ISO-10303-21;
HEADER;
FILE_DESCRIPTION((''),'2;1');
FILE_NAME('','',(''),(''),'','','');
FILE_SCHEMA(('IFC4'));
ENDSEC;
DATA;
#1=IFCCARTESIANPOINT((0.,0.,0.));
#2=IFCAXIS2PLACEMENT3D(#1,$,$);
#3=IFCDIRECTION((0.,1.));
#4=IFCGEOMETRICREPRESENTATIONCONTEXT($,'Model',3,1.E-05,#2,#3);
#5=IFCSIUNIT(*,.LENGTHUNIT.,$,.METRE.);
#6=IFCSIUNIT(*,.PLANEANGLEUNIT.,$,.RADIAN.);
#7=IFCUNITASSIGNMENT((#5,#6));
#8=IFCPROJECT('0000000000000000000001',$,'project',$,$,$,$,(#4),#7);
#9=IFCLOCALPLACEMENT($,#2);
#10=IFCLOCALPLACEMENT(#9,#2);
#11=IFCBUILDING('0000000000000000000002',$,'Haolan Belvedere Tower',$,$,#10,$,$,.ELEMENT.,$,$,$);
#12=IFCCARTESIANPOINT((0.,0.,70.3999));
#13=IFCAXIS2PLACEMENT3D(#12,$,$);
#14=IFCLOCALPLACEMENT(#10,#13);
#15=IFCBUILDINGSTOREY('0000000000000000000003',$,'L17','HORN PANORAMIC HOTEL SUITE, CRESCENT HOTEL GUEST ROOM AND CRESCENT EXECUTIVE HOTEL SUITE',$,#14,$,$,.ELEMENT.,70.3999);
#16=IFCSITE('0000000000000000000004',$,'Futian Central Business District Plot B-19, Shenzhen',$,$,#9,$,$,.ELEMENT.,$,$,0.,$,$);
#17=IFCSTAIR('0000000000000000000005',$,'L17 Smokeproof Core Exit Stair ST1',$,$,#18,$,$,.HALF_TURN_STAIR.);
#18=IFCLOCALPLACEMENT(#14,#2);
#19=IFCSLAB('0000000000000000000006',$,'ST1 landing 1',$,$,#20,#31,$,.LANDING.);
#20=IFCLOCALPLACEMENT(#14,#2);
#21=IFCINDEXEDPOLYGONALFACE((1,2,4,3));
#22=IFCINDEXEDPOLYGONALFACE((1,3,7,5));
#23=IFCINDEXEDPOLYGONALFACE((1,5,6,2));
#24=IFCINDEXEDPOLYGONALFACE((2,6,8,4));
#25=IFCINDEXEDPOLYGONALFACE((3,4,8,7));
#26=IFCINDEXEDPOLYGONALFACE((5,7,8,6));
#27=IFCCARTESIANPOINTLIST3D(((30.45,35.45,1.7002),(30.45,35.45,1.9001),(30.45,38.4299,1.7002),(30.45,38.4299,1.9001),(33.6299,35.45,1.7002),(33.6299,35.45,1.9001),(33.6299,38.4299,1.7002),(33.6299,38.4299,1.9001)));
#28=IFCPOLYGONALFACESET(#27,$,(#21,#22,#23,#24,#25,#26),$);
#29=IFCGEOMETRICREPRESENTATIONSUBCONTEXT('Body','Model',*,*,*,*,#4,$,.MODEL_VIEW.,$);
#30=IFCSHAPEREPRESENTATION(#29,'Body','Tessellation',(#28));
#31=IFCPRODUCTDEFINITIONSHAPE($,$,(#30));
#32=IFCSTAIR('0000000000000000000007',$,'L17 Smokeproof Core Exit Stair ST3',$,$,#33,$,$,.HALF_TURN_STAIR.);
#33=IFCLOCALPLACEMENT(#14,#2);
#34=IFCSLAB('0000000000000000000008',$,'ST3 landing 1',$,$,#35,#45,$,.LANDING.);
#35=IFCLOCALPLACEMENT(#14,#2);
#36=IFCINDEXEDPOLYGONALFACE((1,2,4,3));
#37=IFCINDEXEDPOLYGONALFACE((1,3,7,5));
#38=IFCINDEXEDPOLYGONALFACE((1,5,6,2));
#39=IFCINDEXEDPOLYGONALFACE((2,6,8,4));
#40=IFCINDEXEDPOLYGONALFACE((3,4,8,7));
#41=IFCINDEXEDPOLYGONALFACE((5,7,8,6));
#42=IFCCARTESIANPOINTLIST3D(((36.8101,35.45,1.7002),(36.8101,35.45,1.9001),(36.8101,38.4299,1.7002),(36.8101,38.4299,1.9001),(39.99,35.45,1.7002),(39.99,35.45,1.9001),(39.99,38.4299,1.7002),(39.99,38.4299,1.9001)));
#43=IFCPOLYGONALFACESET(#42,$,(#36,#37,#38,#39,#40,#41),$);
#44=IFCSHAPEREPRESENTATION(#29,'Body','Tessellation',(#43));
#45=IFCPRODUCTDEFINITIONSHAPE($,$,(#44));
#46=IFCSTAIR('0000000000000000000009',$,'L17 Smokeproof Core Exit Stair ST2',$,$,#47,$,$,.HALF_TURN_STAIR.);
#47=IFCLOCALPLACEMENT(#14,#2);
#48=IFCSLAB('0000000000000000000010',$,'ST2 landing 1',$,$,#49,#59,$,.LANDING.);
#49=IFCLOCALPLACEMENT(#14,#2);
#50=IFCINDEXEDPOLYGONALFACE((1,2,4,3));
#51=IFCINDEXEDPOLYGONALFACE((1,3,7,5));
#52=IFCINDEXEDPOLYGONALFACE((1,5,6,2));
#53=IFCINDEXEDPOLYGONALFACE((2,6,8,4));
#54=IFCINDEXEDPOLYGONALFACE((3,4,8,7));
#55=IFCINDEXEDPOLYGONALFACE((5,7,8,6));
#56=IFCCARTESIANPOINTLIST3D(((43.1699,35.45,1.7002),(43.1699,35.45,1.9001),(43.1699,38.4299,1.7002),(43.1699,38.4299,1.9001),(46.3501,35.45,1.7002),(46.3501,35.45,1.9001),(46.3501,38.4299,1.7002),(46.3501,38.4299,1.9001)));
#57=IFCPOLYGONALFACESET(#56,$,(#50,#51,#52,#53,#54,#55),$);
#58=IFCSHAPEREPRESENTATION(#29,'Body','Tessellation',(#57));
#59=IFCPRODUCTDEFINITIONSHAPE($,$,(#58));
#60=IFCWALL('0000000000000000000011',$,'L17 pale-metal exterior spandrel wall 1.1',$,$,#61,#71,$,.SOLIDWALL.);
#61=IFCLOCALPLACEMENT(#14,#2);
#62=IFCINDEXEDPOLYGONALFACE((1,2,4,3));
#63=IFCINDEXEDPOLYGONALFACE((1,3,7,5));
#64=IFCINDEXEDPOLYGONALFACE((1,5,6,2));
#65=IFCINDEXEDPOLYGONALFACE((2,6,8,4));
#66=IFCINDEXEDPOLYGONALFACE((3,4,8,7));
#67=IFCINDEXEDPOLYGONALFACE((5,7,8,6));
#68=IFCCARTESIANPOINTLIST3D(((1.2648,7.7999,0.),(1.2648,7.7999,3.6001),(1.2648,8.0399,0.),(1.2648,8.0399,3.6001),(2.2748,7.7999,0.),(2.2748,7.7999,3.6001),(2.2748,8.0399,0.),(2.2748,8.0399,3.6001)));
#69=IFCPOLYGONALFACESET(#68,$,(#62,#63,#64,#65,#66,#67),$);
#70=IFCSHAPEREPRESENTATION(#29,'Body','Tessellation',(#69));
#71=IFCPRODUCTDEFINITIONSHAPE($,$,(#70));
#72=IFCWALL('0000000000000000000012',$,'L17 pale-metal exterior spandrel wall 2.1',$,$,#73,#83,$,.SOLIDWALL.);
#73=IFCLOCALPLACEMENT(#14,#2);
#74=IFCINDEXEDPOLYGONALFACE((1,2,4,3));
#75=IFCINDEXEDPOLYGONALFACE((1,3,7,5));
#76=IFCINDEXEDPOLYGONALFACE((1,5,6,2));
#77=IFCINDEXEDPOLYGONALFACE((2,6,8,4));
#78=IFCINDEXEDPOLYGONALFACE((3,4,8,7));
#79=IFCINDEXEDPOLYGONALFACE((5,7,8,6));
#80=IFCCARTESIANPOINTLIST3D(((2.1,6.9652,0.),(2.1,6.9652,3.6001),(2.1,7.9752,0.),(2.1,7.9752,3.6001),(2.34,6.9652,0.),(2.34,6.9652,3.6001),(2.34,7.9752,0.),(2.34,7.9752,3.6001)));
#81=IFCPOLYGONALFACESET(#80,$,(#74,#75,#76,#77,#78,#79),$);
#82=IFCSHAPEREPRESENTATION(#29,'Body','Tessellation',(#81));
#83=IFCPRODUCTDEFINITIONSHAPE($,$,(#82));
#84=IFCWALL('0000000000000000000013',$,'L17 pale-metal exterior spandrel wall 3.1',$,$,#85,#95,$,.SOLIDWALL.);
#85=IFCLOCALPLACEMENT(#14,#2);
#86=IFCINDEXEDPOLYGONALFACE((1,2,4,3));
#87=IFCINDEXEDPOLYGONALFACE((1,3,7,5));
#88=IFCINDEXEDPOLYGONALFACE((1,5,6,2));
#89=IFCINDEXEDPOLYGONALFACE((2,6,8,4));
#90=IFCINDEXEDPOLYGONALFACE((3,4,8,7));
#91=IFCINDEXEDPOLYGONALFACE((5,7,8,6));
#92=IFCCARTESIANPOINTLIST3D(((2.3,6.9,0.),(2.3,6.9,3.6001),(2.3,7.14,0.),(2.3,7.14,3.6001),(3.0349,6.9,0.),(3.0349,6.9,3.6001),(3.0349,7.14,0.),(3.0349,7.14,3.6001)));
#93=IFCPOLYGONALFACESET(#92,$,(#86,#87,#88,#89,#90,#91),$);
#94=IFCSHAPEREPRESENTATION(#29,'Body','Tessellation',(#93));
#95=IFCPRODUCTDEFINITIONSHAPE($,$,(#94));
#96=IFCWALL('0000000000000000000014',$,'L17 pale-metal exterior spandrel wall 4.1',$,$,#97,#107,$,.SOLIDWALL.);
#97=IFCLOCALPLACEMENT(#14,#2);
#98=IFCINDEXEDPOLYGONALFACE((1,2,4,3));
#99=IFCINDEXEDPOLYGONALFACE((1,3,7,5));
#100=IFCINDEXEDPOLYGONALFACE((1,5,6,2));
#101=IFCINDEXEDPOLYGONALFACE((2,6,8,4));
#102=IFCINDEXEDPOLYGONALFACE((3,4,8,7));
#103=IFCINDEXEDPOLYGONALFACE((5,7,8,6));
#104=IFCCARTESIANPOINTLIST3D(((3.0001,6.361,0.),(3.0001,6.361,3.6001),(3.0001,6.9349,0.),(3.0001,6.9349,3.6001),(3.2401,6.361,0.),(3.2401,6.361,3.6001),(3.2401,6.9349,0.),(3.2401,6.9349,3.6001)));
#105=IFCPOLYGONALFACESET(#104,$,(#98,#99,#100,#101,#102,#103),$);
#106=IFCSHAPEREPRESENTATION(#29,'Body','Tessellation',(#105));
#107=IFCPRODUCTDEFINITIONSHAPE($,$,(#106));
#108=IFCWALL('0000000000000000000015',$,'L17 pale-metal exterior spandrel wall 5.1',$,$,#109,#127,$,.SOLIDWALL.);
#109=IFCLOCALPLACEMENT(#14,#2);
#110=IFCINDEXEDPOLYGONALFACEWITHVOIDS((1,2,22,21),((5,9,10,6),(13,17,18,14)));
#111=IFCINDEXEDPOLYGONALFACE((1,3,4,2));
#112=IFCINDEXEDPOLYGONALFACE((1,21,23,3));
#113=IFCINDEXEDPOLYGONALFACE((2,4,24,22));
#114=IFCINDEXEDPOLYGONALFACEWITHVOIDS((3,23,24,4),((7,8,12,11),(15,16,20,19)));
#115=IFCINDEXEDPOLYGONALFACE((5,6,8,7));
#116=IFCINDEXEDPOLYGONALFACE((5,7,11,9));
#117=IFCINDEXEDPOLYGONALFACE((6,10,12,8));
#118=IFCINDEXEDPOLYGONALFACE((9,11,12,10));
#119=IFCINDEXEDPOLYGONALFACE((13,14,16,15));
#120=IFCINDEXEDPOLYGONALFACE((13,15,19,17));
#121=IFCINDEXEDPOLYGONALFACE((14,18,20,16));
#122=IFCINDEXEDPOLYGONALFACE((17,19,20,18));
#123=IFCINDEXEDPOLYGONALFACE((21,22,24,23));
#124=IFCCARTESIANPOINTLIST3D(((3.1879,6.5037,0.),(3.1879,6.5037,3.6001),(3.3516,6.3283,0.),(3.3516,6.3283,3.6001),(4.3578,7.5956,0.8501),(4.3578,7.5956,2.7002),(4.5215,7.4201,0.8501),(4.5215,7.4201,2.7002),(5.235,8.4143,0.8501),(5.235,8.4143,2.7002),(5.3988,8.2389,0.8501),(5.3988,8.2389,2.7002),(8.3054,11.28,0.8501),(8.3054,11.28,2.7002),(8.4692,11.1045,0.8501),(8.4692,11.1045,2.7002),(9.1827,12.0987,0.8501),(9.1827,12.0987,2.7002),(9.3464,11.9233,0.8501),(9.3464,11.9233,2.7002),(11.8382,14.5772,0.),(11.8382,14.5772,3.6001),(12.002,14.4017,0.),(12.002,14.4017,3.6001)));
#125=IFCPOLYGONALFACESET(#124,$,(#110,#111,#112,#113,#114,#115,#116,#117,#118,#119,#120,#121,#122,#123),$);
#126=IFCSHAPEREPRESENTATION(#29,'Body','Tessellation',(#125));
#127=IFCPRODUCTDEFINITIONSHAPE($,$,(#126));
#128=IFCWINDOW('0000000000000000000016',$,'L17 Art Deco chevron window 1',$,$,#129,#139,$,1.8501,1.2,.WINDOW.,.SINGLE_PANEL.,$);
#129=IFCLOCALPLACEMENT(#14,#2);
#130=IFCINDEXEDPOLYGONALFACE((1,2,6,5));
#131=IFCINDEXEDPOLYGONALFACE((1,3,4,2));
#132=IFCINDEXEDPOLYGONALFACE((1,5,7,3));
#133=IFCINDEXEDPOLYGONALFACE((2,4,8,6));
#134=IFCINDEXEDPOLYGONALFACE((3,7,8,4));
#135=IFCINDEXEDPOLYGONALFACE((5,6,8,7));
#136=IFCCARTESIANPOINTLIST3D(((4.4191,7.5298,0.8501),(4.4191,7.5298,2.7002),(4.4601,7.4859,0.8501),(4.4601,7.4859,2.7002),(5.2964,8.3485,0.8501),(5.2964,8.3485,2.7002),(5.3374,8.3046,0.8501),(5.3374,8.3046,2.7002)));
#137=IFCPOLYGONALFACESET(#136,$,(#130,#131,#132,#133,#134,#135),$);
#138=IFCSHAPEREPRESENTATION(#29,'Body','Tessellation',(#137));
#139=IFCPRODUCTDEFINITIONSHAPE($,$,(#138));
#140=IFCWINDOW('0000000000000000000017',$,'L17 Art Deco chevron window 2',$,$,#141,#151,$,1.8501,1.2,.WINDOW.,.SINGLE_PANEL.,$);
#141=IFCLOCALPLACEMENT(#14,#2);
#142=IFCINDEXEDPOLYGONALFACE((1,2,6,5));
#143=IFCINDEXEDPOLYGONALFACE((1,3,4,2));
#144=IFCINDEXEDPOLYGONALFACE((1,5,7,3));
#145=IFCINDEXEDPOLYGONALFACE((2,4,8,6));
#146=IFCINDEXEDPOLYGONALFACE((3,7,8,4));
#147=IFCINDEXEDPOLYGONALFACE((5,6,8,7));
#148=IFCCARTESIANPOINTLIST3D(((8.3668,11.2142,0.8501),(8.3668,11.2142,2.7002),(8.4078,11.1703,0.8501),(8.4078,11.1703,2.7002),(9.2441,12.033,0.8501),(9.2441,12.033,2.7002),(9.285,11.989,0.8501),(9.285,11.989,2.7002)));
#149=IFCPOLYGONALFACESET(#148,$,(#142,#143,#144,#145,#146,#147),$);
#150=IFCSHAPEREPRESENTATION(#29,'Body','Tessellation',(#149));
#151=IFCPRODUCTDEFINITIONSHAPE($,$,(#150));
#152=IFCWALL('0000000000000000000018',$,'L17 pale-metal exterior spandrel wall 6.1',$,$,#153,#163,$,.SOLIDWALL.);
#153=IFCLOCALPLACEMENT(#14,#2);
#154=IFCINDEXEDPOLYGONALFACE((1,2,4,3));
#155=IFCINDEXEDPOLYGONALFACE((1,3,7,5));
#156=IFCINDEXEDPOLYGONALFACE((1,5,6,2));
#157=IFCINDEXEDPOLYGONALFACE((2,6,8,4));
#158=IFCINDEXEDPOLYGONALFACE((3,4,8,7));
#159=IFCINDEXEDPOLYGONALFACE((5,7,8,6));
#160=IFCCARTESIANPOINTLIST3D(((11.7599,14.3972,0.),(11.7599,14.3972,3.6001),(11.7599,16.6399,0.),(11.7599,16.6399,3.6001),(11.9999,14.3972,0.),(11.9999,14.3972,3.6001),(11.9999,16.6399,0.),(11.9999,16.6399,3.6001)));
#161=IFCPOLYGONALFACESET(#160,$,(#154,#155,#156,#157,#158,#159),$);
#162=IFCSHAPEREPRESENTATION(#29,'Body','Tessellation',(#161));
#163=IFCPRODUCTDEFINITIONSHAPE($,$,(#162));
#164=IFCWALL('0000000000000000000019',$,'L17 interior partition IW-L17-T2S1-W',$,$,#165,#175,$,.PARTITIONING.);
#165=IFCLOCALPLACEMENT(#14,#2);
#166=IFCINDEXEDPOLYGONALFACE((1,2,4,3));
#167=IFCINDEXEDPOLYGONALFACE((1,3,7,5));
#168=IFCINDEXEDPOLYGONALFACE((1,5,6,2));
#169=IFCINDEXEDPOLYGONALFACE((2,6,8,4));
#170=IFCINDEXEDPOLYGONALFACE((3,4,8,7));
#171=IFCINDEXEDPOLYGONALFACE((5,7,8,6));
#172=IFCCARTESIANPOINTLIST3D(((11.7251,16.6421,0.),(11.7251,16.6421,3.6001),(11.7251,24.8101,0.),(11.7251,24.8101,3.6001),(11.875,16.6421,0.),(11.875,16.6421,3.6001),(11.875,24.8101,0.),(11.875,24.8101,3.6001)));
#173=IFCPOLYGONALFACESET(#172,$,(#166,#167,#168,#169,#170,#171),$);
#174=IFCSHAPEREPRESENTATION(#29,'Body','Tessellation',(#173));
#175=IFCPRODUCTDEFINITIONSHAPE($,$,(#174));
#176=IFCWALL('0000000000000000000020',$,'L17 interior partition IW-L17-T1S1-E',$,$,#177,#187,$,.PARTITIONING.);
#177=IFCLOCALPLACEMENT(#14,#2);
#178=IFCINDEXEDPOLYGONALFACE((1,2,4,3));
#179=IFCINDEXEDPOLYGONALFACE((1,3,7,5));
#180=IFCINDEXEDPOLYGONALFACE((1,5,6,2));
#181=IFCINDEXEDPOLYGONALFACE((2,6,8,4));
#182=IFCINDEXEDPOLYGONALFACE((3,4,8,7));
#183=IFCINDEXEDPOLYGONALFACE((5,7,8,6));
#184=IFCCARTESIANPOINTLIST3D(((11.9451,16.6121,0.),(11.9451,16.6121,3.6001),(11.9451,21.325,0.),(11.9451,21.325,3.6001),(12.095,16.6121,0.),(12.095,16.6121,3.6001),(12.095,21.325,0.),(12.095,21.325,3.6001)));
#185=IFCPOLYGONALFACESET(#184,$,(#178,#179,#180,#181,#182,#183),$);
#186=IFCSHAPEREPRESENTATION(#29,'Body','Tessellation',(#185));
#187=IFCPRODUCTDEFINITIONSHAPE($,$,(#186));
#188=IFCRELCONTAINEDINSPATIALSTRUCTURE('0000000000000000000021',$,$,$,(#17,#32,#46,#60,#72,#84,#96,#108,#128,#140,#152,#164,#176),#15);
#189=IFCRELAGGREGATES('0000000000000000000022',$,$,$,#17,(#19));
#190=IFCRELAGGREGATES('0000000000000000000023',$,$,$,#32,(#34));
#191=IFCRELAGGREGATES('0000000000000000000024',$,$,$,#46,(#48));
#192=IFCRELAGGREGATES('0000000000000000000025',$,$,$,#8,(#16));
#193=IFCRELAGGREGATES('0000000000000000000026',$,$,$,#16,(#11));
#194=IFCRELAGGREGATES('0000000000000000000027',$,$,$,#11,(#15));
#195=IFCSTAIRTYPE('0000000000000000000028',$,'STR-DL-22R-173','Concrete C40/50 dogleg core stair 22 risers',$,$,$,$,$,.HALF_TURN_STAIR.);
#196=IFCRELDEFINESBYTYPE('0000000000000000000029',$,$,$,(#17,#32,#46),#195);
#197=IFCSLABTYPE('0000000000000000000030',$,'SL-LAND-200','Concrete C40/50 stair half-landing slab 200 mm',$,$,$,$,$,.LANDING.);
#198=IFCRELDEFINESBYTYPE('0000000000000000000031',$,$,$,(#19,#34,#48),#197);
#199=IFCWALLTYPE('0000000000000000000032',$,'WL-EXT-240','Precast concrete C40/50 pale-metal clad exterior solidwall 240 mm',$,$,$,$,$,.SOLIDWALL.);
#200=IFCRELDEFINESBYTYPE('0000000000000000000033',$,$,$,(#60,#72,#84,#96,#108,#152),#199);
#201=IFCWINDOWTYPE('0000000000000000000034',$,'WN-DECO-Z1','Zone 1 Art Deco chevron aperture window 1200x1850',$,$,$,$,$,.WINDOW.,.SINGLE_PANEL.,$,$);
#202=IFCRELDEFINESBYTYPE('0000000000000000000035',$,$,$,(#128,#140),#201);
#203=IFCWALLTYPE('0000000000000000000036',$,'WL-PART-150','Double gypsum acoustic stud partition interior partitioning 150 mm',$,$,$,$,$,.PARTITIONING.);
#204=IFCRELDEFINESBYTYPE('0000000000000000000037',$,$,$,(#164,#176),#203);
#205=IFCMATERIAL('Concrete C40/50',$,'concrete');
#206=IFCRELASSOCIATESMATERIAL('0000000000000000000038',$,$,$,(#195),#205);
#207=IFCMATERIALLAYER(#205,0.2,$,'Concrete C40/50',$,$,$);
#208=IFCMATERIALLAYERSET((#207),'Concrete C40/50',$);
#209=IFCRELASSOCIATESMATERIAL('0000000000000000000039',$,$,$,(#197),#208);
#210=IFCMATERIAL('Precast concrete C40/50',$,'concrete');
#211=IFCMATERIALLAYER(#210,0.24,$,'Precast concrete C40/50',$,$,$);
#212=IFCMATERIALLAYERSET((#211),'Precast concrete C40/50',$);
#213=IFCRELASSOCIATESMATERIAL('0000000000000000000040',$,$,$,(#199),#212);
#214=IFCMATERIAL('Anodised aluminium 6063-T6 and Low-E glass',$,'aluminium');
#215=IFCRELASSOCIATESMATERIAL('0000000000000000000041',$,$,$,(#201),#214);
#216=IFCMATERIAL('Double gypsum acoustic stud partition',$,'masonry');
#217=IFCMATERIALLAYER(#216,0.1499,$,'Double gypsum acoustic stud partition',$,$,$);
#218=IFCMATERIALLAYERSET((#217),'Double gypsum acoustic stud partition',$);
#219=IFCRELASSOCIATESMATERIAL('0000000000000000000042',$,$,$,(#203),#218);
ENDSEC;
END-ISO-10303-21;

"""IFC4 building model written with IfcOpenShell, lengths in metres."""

from ifc_helpers import new_model, si_unit, direction, frame, frame_2d, origin, place, context, subcontext, project, spatial, polyline, rectangle, outline, extrude, material, layer, layer_set, type_object, element, fill, aggregate, save


model = new_model("IFC4")

# Units and contexts
model_context = context("Model", 3, precision=1e-05, world=origin(), true_north=direction((0.0, 1.0)))
body_context = subcontext(model_context, "Body", "Model", "MODEL_VIEW")
ifc_project = project(units=[si_unit("LENGTHUNIT", "METRE"), si_unit("PLANEANGLEUNIT", "RADIAN")], contexts=[model_context])

# Site, building, storey
site_placement = place(None, origin())
site = spatial("IfcSite", under=ifc_project, at=site_placement, Name="Futian Central Business District Plot B-19, Shenzhen", CompositionType="ELEMENT", RefElevation=0.0)
building_placement = place(site_placement, origin())
building = spatial("IfcBuilding", under=site, at=building_placement, Name="Haolan Belvedere Tower", CompositionType="ELEMENT")
storey_placement = place(building_placement, frame((0.0, 0.0, 70.3999)))
storey = spatial("IfcBuildingStorey", under=building, at=storey_placement, Name="L17", Description="HORN PANORAMIC HOTEL SUITE, CRESCENT HOTEL GUEST ROOM AND CRESCENT EXECUTIVE HOTEL SUITE", CompositionType="ELEMENT", Elevation=70.3999)

# Shared definitions
ifc_material_1 = material(Name="Concrete C40/50", Category="concrete")

# Stairs, slabs
stair_type = type_object("IfcStairType", Name="STR-DL-22R-173", Description="Concrete C40/50 dogleg core stair 22 risers", PredefinedType="HALF_TURN_STAIR", material=ifc_material_1)
stair_1_placement = place(storey_placement, origin())
stair_1 = element("IfcStair", 1, at=stair_1_placement, inside=storey, type_object=stair_type, Name="L17 Smokeproof Core Exit Stair ST1", PredefinedType="HALF_TURN_STAIR")
ifc_layer_1 = layer(ifc_material_1, 0.2, Name="Concrete C40/50")
ifc_layer_set_1 = layer_set([ifc_layer_1], Name="Concrete C40/50")
slab_type_1 = type_object("IfcSlabType", Name="SL-LAND-200", Description="Concrete C40/50 stair half-landing slab 200 mm", PredefinedType="LANDING", material=ifc_layer_set_1)
slab_1_placement = place(storey_placement, frame((0.0, 0.0, 1.7002)))
slab_1 = element("IfcSlab", 2, at=slab_1_placement, type_object=slab_type_1, Name="ST1 landing 1", PredefinedType="LANDING", context=body_context, shape_type="SweptSolid", body=[
    extrude(outline(polyline([(30.45, 38.4299), (30.45, 35.45), (33.6299, 35.45), (33.6299, 38.4299), (30.45, 38.4299)])), origin(), (0.0, 0.0, 1.0), 0.2),
])
aggregate(stair_1, [slab_1])
stair_2_placement = place(storey_placement, origin())
stair_2 = element("IfcStair", 3, at=stair_2_placement, inside=storey, type_object=stair_type, Name="L17 Smokeproof Core Exit Stair ST3", PredefinedType="HALF_TURN_STAIR")
slab_2_placement = place(storey_placement, frame((0.0, 0.0, 1.7002)))
slab_2 = element("IfcSlab", 4, at=slab_2_placement, type_object=slab_type_1, Name="ST3 landing 1", PredefinedType="LANDING", context=body_context, shape_type="SweptSolid", body=[
    extrude(outline(polyline([(36.8101, 38.4299), (36.8101, 35.45), (39.99, 35.45), (39.99, 38.4299), (36.8101, 38.4299)])), origin(), (0.0, 0.0, 1.0), 0.2),
])
aggregate(stair_2, [slab_2])
stair_3_placement = place(storey_placement, origin())
stair_3 = element("IfcStair", 5, at=stair_3_placement, inside=storey, type_object=stair_type, Name="L17 Smokeproof Core Exit Stair ST2", PredefinedType="HALF_TURN_STAIR")
slab_3_placement = place(storey_placement, frame((0.0, 0.0, 1.7002)))
slab_3 = element("IfcSlab", 6, at=slab_3_placement, type_object=slab_type_1, Name="ST2 landing 1", PredefinedType="LANDING", context=body_context, shape_type="SweptSolid", body=[
    extrude(outline(polyline([(43.1699, 38.4299), (43.1699, 35.45), (46.3501, 35.45), (46.3501, 38.4299), (43.1699, 38.4299)])), origin(), (0.0, 0.0, 1.0), 0.2),
])
aggregate(stair_3, [slab_3])

# Walls
ifc_material_2 = material(Name="Precast concrete C40/50", Category="concrete")
ifc_layer_2 = layer(ifc_material_2, 0.24, Name="Precast concrete C40/50")
ifc_layer_set_2 = layer_set([ifc_layer_2], Name="Precast concrete C40/50")
wall_type_1 = type_object("IfcWallType", Name="WL-EXT-240", Description="Precast concrete C40/50 pale-metal clad exterior solidwall 240 mm", PredefinedType="SOLIDWALL", material=ifc_layer_set_2)
for number, where, z_axis, x_axis, name in (
    (7, (1.2649, 7.9199, 0.0), (0.0, 0.0, 1.0), (1.0, 0.0, 0.0), "L17 pale-metal exterior spandrel wall 1.1"),
    (8, (2.22, 7.9751, 0.0), (0.0, 0.0, 1.0), (0.0, -1.0, 0.0), "L17 pale-metal exterior spandrel wall 2.1"),
):
    element("IfcWall", number, at=place(storey_placement, frame(where, z_axis=z_axis, x_axis=x_axis)), inside=storey, type_object=wall_type_1, Name=name, PredefinedType="SOLIDWALL", context=body_context, shape_type="SweptSolid", body=[
        extrude(rectangle(XDim=1.01, YDim=0.24, at=frame_2d((0.5049, 0.0))), origin(), (0.0, 0.0, 1.0), 3.6001),
    ])
wall_1_placement = place(storey_placement, frame((2.3, 7.02, 0.0), z_axis=(0.0, 0.0, 1.0), x_axis=(1.0, 0.0, 0.0)))
element("IfcWall", 9, at=wall_1_placement, inside=storey, type_object=wall_type_1, Name="L17 pale-metal exterior spandrel wall 3.1", PredefinedType="SOLIDWALL", context=body_context, shape_type="SweptSolid", body=[
    extrude(rectangle(XDim=0.7349, YDim=0.24, at=frame_2d((0.3674, 0.0))), origin(), (0.0, 0.0, 1.0), 3.6001),
])
wall_2_placement = place(storey_placement, frame((3.1201, 6.9351, 0.0), z_axis=(0.0, 0.0, 1.0), x_axis=(0.0, -1.0, 0.0)))
element("IfcWall", 10, at=wall_2_placement, inside=storey, type_object=wall_type_1, Name="L17 pale-metal exterior spandrel wall 4.1", PredefinedType="SOLIDWALL", context=body_context, shape_type="SweptSolid", body=[
    extrude(rectangle(XDim=0.574, YDim=0.24, at=frame_2d((0.2871, 0.0))), origin(), (0.0, 0.0, 1.0), 3.6001),
])

# Wall, openings, windows
wall_3_placement = place(storey_placement, frame((3.2698, 6.416, 0.0), z_axis=(0.0, 0.0, 1.0), x_axis=(0.731064, 0.682309, 0.0)))
wall_3 = element("IfcWall", 11, at=wall_3_placement, inside=storey, type_object=wall_type_1, Name="L17 pale-metal exterior spandrel wall 5.1", PredefinedType="SOLIDWALL", context=body_context, shape_type="SweptSolid", body=[
    extrude(rectangle(XDim=11.8325, YDim=0.24, at=frame_2d((5.9163, 0.0))), origin(), (0.0, 0.0, 1.0), 3.6001),
])
opening_1_placement = place(wall_3_placement, frame((1.6001, 0.0, 0.8501)))
opening_1 = element("IfcOpeningElement", 12, at=opening_1_placement, cuts=wall_3, PredefinedType="OPENING", context=body_context, shape_type="SweptSolid", body=[
    extrude(rectangle(XDim=1.2, YDim=1.8501, at=frame_2d((0.6001, 0.925))), frame((0.0, 0.1299, 0.0), z_axis=(0.0, -1.0, 0.0), x_axis=(1.0, 0.0, 0.0)), (0.0, 0.0, 1.0), 0.26),
])
opening_2_placement = place(wall_3_placement, frame((7.0, 0.0, 0.8501)))
opening_2 = element("IfcOpeningElement", 13, at=opening_2_placement, cuts=wall_3, PredefinedType="OPENING", context=body_context, shape_type="SweptSolid", body=[
    extrude(rectangle(XDim=1.2, YDim=1.8501, at=frame_2d((0.6001, 0.925))), frame((0.0, 0.1299, 0.0), z_axis=(0.0, -1.0, 0.0), x_axis=(1.0, 0.0, 0.0)), (0.0, 0.0, 1.0), 0.26),
])
ifc_material_3 = material(Name="Anodised aluminium 6063-T6 and Low-E glass", Category="aluminium")
window_type = type_object("IfcWindowType", Name="WN-DECO-Z1", Description="Zone 1 Art Deco chevron aperture window 1200x1850", PartitioningType="SINGLE_PANEL", PredefinedType="WINDOW", material=ifc_material_3)
window_1_placement = place(opening_1_placement, origin())
window_1 = element("IfcWindow", 14, at=window_1_placement, inside=storey, type_object=window_type, Name="L17 Art Deco chevron window 1", OverallHeight=1.8501, OverallWidth=1.2, PartitioningType="SINGLE_PANEL", PredefinedType="WINDOW", context=body_context, shape_type="SweptSolid", body=[
    extrude(rectangle(XDim=1.2, YDim=1.8501, at=frame_2d((0.6001, 0.925))), frame((0.0, 0.03, 0.0), z_axis=(0.0, -1.0, 0.0), x_axis=(1.0, 0.0, 0.0)), (0.0, 0.0, 1.0), 0.0601),
])
fill(opening_1, window_1)
window_2_placement = place(opening_2_placement, origin())
window_2 = element("IfcWindow", 15, at=window_2_placement, inside=storey, type_object=window_type, Name="L17 Art Deco chevron window 2", OverallHeight=1.8501, OverallWidth=1.2, PartitioningType="SINGLE_PANEL", PredefinedType="WINDOW", context=body_context, shape_type="SweptSolid", body=[
    extrude(rectangle(XDim=1.2, YDim=1.8501, at=frame_2d((0.6001, 0.925))), frame((0.0, 0.03, 0.0), z_axis=(0.0, -1.0, 0.0), x_axis=(1.0, 0.0, 0.0)), (0.0, 0.0, 1.0), 0.0601),
])
fill(opening_2, window_2)

# Walls
wall_4_placement = place(storey_placement, frame((11.8799, 14.3972, 0.0), z_axis=(0.0, 0.0, 1.0), x_axis=(0.0, 1.0, 0.0)))
element("IfcWall", 16, at=wall_4_placement, inside=storey, type_object=wall_type_1, Name="L17 pale-metal exterior spandrel wall 6.1", PredefinedType="SOLIDWALL", context=body_context, shape_type="SweptSolid", body=[
    extrude(rectangle(XDim=2.2427, YDim=0.24, at=frame_2d((1.1213, 0.0))), origin(), (0.0, 0.0, 1.0), 3.6001),
])
ifc_material_4 = material(Name="Double gypsum acoustic stud partition", Category="masonry")
ifc_layer_3 = layer(ifc_material_4, 0.1499, Name="Double gypsum acoustic stud partition")
ifc_layer_set_3 = layer_set([ifc_layer_3], Name="Double gypsum acoustic stud partition")
wall_type_2 = type_object("IfcWallType", Name="WL-PART-150", Description="Double gypsum acoustic stud partition interior partitioning 150 mm", PredefinedType="PARTITIONING", material=ifc_layer_set_3)
wall_5_placement = place(storey_placement, frame((11.8, 16.6421, 0.0), z_axis=(0.0, 0.0, 1.0), x_axis=(0.0, 1.0, 0.0)))
element("IfcWall", 17, at=wall_5_placement, inside=storey, type_object=wall_type_2, Name="L17 interior partition IW-L17-T2S1-W", PredefinedType="PARTITIONING", context=body_context, shape_type="SweptSolid", body=[
    extrude(rectangle(XDim=8.168, YDim=0.1499, at=frame_2d((4.084, 0.0))), origin(), (0.0, 0.0, 1.0), 3.6001),
])
wall_6_placement = place(storey_placement, frame((12.02, 16.6121, 0.0), z_axis=(0.0, 0.0, 1.0), x_axis=(0.0, 1.0, 0.0)))
element("IfcWall", 18, at=wall_6_placement, inside=storey, type_object=wall_type_2, Name="L17 interior partition IW-L17-T1S1-E", PredefinedType="PARTITIONING", context=body_context, shape_type="SweptSolid", body=[
    extrude(rectangle(XDim=4.7129, YDim=0.1499, at=frame_2d((2.3564, 0.0))), origin(), (0.0, 0.0, 1.0), 3.6001),
])

save(model, "model.ifc")
